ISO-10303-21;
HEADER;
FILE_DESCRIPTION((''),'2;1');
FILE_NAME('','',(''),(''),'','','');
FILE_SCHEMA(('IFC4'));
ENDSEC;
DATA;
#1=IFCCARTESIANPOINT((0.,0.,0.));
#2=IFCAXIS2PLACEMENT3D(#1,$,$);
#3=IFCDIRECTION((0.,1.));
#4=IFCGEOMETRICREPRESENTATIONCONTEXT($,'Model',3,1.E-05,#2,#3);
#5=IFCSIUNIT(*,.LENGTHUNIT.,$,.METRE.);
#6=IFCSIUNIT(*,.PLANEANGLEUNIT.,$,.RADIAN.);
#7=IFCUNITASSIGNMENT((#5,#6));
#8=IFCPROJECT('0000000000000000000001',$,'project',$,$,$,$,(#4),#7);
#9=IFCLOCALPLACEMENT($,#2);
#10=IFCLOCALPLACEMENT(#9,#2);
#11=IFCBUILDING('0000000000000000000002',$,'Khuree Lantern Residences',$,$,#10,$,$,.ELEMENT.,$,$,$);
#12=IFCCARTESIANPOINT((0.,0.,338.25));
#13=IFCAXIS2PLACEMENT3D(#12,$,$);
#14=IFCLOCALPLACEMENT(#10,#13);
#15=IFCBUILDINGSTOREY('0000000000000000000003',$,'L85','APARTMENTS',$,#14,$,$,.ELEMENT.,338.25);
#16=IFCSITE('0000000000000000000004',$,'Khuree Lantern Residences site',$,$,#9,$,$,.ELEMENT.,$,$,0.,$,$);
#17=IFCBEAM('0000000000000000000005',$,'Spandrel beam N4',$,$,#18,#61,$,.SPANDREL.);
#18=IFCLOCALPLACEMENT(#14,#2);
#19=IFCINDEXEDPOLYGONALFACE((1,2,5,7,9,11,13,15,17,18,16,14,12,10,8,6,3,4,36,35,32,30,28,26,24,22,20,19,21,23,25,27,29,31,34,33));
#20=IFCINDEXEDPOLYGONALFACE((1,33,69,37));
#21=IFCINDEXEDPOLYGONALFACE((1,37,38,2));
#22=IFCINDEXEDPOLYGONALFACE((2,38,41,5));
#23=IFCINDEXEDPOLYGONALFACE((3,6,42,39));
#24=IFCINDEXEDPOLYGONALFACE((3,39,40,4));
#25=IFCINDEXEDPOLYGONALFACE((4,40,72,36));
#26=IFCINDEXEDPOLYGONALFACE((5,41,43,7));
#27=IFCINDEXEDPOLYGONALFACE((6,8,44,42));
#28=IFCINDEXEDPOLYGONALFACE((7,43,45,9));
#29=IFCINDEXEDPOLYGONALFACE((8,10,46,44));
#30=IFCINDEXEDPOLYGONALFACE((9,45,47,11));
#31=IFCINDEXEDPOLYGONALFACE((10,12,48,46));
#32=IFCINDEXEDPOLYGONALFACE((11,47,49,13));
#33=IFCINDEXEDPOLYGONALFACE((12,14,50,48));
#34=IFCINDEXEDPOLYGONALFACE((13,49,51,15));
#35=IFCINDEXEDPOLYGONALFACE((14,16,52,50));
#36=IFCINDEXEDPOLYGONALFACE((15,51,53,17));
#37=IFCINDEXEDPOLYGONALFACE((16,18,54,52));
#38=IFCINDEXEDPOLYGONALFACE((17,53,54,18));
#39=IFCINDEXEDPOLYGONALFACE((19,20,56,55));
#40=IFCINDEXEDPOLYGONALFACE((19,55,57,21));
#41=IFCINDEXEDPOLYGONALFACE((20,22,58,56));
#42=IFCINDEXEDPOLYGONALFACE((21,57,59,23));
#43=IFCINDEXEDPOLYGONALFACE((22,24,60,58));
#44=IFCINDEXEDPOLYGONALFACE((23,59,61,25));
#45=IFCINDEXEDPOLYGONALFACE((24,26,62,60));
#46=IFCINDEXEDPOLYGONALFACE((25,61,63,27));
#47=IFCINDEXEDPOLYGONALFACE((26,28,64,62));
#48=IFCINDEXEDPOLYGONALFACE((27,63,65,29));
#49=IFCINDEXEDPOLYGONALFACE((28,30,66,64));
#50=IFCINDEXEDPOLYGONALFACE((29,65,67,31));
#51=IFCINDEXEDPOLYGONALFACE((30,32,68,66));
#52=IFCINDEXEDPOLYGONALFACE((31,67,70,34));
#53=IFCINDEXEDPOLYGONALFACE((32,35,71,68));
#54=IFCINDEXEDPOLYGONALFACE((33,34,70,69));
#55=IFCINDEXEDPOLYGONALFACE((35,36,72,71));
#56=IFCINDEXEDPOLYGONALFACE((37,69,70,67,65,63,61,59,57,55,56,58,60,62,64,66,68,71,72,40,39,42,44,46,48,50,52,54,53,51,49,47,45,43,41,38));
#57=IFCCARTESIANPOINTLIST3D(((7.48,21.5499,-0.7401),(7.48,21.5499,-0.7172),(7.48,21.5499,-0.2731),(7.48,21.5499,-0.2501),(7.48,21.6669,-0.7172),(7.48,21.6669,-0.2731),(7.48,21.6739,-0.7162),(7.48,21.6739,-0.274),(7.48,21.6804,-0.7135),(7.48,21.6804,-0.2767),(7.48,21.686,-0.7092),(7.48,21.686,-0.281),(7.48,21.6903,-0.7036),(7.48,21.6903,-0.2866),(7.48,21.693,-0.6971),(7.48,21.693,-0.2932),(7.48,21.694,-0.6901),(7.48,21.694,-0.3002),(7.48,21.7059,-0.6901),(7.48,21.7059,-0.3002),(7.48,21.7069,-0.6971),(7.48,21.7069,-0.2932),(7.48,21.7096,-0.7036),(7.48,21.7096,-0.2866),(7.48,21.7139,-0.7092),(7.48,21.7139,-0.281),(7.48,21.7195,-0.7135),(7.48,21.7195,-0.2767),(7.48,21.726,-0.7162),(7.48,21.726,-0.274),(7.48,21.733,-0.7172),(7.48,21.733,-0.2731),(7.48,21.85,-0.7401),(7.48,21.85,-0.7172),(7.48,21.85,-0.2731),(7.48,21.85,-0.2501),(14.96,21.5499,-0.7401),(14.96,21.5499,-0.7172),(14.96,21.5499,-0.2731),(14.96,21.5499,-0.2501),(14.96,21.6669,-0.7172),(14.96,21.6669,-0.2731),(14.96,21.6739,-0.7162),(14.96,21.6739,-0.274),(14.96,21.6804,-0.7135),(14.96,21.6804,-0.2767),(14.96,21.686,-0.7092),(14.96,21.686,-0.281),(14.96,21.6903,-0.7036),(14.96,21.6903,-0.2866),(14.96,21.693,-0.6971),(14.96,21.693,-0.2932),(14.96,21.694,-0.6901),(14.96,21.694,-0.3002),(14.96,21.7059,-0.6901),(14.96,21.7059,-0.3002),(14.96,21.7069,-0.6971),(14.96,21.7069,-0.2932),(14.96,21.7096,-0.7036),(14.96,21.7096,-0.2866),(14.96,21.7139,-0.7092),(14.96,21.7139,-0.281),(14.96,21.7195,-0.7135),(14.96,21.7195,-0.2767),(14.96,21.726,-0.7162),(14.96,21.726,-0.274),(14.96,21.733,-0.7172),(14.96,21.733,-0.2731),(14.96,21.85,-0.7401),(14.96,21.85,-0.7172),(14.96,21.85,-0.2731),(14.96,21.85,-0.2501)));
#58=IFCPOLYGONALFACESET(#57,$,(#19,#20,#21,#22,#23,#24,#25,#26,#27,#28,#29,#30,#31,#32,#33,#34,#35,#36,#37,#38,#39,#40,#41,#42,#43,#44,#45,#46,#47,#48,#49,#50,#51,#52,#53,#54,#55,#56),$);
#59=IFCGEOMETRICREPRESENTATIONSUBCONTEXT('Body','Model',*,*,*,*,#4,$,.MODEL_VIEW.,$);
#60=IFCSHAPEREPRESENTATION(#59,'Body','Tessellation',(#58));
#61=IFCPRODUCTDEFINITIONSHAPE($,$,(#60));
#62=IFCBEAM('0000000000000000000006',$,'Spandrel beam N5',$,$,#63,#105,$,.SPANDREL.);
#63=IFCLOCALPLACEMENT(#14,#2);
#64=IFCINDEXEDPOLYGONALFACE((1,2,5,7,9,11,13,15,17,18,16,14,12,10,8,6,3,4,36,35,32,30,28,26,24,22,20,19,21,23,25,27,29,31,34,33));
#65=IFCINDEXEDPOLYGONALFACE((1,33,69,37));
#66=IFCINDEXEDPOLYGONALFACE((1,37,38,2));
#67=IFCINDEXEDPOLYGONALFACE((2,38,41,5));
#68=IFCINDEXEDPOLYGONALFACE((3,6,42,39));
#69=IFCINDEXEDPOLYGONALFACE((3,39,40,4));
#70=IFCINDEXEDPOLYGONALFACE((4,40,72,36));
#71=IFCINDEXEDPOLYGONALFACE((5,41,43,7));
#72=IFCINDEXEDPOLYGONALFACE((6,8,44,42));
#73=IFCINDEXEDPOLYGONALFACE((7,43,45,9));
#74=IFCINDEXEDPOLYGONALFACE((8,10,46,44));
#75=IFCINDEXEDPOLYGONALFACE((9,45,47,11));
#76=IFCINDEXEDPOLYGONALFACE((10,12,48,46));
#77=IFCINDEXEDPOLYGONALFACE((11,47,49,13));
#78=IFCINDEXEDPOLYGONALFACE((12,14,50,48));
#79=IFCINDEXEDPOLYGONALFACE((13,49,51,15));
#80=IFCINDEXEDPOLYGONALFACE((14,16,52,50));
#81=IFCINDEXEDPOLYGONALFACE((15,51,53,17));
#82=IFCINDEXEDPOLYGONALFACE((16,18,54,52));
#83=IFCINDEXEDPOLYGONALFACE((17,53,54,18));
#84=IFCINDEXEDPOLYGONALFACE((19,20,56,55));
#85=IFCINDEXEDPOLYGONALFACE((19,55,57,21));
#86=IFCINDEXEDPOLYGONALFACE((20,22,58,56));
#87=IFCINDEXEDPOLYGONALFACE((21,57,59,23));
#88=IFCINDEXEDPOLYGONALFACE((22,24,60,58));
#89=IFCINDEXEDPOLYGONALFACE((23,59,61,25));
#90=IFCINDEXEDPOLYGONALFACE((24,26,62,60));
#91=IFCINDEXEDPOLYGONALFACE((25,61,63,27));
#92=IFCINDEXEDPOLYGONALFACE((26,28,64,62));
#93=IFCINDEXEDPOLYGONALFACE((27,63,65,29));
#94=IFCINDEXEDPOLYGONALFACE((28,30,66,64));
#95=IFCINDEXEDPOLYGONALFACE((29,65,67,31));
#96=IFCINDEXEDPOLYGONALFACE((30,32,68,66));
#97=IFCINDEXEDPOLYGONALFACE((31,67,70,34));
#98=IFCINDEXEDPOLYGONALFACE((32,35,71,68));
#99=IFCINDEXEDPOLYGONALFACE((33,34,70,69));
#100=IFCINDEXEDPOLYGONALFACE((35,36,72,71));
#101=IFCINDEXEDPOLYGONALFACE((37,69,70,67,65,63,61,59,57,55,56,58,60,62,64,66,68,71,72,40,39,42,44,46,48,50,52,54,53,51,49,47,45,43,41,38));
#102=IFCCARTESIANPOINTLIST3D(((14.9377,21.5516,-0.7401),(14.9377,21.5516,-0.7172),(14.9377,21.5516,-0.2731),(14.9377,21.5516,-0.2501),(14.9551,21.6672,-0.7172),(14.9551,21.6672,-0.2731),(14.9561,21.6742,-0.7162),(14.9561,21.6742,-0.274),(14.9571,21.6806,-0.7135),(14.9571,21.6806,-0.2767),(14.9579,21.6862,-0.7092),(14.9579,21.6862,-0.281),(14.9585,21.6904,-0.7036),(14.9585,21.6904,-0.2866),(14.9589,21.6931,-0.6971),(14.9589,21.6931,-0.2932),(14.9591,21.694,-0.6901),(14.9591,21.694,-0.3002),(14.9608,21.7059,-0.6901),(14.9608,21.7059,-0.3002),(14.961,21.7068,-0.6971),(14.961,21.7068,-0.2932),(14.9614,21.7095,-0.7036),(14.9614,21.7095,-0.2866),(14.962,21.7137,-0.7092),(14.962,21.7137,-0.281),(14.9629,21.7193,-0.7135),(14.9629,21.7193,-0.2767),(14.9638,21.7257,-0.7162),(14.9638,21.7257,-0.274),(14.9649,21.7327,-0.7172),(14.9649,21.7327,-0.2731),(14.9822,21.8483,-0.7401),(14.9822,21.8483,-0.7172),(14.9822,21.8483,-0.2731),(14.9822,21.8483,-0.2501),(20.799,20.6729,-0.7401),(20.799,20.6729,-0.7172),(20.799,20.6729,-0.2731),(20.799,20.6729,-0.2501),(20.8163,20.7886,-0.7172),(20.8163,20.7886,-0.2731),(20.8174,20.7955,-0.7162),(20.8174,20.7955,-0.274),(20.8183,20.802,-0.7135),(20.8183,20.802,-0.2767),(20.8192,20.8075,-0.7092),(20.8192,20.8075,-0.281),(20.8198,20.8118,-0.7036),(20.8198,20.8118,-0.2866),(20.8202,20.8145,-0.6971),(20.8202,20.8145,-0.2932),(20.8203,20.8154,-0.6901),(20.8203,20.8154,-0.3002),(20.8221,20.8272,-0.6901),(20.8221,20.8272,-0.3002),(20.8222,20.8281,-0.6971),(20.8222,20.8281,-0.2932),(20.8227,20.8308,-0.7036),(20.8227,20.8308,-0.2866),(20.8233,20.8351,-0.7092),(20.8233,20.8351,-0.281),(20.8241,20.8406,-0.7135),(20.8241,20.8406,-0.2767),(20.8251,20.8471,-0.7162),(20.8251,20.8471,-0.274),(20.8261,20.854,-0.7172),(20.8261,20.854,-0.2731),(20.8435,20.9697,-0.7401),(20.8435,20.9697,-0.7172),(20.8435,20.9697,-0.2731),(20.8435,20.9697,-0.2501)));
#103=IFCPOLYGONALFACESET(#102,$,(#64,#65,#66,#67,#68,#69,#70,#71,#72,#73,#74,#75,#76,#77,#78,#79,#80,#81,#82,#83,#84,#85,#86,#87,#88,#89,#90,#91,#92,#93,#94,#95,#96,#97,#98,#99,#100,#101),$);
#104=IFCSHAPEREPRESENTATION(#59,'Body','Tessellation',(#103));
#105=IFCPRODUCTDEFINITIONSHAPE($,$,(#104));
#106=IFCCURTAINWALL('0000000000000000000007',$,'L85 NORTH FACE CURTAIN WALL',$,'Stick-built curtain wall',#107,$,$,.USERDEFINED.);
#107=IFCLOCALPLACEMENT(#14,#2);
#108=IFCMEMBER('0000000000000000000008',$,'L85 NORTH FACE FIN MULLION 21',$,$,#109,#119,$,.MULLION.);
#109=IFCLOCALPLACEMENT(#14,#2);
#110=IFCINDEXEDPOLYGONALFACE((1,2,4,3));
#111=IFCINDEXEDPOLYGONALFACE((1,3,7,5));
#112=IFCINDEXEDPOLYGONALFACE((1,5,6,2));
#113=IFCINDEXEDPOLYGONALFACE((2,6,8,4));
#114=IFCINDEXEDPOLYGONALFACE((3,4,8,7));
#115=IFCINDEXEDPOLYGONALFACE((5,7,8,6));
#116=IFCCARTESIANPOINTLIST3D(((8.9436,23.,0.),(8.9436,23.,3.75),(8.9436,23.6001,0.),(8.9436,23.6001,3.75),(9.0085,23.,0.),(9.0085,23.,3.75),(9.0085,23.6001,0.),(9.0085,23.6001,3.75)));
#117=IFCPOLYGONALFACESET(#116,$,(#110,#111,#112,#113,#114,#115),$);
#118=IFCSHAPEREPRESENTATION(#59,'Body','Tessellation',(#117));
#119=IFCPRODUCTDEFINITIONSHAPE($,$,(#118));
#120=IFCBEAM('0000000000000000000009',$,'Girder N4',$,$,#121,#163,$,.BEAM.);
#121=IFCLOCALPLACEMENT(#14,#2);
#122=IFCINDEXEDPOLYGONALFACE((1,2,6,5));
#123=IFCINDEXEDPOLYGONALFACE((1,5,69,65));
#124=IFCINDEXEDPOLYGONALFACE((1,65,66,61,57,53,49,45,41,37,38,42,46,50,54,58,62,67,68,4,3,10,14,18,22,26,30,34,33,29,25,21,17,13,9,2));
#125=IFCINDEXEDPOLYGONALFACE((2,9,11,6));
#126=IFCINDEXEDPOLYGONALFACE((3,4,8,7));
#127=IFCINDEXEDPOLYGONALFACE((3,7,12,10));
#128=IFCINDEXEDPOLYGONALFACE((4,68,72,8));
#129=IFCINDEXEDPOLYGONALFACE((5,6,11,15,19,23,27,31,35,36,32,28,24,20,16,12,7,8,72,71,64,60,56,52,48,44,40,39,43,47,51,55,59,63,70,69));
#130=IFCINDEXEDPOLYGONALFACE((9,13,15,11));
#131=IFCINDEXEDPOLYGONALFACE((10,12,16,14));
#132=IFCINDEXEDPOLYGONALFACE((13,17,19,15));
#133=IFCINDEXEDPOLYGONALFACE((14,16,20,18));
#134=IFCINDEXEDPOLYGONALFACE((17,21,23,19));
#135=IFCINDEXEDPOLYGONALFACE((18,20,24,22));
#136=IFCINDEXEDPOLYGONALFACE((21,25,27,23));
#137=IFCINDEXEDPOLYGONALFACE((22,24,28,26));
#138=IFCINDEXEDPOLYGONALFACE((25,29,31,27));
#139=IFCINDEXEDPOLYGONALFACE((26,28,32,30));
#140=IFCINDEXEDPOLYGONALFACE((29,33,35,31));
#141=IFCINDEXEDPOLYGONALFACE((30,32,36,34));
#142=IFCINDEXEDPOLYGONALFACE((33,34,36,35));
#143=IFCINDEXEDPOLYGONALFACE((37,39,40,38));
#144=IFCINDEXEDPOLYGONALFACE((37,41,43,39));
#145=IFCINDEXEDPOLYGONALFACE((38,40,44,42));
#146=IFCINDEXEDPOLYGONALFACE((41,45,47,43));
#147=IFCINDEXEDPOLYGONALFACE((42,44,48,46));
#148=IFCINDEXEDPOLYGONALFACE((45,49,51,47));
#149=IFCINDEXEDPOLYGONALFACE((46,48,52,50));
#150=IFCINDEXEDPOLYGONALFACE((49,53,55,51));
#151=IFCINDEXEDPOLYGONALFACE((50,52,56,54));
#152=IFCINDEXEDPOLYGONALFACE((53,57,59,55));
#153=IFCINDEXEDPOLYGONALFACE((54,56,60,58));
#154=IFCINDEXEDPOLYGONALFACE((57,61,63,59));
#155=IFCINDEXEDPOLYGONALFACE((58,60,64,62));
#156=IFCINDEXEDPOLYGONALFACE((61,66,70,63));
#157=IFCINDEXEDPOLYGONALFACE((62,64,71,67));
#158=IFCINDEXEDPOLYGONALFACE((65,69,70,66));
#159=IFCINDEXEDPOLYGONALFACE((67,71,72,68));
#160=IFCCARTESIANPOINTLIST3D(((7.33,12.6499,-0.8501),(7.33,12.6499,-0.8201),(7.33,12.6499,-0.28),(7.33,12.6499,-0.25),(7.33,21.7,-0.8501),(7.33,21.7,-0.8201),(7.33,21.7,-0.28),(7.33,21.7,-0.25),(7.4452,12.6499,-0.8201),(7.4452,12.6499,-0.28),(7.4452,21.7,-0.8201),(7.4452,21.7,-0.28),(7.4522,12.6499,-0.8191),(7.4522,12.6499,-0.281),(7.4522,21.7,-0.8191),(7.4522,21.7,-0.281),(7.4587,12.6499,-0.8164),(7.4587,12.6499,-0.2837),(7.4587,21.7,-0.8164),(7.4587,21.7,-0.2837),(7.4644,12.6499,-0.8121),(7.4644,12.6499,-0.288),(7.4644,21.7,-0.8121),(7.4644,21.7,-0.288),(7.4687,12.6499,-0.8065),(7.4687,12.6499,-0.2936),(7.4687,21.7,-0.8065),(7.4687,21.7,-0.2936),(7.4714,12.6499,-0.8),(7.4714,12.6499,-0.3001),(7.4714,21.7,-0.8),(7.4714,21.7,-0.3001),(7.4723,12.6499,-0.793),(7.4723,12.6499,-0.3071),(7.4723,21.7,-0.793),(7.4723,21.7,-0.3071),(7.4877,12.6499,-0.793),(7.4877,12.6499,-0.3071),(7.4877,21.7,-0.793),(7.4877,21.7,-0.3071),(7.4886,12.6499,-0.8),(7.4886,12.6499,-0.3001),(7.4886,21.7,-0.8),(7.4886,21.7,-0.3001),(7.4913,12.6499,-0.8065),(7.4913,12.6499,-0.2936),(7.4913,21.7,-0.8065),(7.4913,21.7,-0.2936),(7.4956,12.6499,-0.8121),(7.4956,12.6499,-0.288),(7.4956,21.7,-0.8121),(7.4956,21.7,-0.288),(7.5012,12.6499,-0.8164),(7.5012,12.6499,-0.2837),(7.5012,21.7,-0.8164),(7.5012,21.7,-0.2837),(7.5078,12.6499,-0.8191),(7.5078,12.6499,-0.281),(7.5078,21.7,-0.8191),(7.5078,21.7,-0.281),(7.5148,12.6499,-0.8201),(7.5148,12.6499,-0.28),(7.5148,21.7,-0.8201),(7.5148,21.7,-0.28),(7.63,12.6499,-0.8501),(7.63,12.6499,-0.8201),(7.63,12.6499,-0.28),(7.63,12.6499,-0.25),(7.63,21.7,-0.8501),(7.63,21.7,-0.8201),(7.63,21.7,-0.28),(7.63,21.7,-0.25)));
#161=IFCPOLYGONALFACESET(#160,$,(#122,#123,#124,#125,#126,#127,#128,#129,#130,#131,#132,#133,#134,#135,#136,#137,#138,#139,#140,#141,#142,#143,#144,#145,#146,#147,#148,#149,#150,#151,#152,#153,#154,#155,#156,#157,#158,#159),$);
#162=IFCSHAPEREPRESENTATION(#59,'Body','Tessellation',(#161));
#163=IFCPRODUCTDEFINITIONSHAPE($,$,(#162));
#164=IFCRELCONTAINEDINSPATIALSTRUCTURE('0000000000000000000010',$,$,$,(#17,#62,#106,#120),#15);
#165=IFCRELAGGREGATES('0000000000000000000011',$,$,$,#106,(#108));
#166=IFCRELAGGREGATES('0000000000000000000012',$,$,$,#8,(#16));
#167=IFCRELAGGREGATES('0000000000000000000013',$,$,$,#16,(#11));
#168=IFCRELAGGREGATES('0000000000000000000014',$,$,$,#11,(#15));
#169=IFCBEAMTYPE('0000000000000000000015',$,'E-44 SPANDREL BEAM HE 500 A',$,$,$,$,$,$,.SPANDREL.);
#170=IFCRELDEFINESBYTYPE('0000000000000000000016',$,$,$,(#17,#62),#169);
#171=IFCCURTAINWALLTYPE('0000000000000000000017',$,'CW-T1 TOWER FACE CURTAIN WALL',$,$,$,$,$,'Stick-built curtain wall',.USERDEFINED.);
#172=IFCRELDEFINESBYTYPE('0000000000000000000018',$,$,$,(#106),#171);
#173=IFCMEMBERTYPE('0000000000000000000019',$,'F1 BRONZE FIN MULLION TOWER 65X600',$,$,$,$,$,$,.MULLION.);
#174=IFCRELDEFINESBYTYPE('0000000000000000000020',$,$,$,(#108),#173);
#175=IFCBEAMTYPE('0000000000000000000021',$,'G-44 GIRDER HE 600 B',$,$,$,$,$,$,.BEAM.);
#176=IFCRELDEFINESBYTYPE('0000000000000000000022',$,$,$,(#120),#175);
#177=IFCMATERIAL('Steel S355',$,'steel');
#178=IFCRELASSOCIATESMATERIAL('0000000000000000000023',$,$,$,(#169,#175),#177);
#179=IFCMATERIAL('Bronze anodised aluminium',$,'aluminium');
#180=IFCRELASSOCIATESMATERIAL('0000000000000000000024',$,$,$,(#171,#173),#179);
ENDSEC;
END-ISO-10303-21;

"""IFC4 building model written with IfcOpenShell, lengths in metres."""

from ifc_helpers import new_model, si_unit, direction, frame, origin, origin_2d, place, context, subcontext, project, spatial, rectangle, i_section, extrude, material, material_profile, profile_set, type_object, element, aggregate, save


model = new_model("IFC4")

# Units and contexts
model_context = context("Model", 3, precision=1e-05, world=origin(), true_north=direction((0.0, 1.0)))
body_context = subcontext(model_context, "Body", "Model", "MODEL_VIEW")
ifc_project = project(units=[si_unit("LENGTHUNIT", "METRE"), si_unit("PLANEANGLEUNIT", "RADIAN")], contexts=[model_context])

# Site, building, storey
site_placement = place(None, origin())
site = spatial("IfcSite", under=ifc_project, at=site_placement, Name="Khuree Lantern Residences site", CompositionType="ELEMENT", RefElevation=0.0)
building_placement = place(site_placement, origin())
building = spatial("IfcBuilding", under=site, at=building_placement, Name="Khuree Lantern Residences", CompositionType="ELEMENT")
storey_placement = place(building_placement, frame((0.0, 0.0, 338.25)))
storey = spatial("IfcBuildingStorey", under=building, at=storey_placement, Name="L85", Description="APARTMENTS", CompositionType="ELEMENT", Elevation=338.25)

# Beams
ifc_material_1 = material(Name="Steel S355", Category="steel")
ifc_material_profile_1 = material_profile(ifc_material_1, i_section(OverallWidth=0.3, OverallDepth=0.49, WebThickness=0.012, FlangeThickness=0.0229, FilletRadius=0.0271, at=origin_2d()), Name="HE 500 A")
ifc_profile_set_1 = profile_set([ifc_material_profile_1], Name="Steel S355")
beam_type_1 = type_object("IfcBeamType", Name="E-44 SPANDREL BEAM HE 500 A", PredefinedType="SPANDREL", material=ifc_profile_set_1)
for number, where, z_axis, x_axis, name in (
    (1, (7.48, 21.7, -0.4951), (1.0, 0.0, 0.0), (0.0, 1.0, 0.0), "Spandrel beam N4"),
):
    element("IfcBeam", number, at=place(storey_placement, frame(where, z_axis=z_axis, x_axis=x_axis)), inside=storey, type_object=beam_type_1, Name=name, PredefinedType="SPANDREL", context=body_context, shape_type="SweptSolid", body=[
        extrude(i_section(OverallWidth=0.3, OverallDepth=0.49, WebThickness=0.012, FlangeThickness=0.0229, FilletRadius=0.0271, at=origin_2d()), origin(), (0.0, 0.0, 1.0), 7.48),
    ])
beam_placement = place(storey_placement, frame((14.96, 21.7, -0.4951), z_axis=(0.98895, -0.148252, 0.0), x_axis=(0.148252, 0.98895, 0.0)))
element("IfcBeam", 2, at=beam_placement, inside=storey, type_object=beam_type_1, Name="Spandrel beam N5", PredefinedType="SPANDREL", context=body_context, shape_type="SweptSolid", body=[
    extrude(i_section(OverallWidth=0.3, OverallDepth=0.49, WebThickness=0.012, FlangeThickness=0.0229, FilletRadius=0.0271, at=origin_2d()), origin(), (0.0, 0.0, 1.0), 5.9268),
])

# Curtain wall, member
ifc_material_2 = material(Name="Bronze anodised aluminium", Category="aluminium")
curtain_wall_type = type_object("IfcCurtainWallType", Name="CW-T1 TOWER FACE CURTAIN WALL", ElementType="Stick-built curtain wall", PredefinedType="USERDEFINED", material=ifc_material_2)
curtain_wall_placement = place(storey_placement, origin())
curtain_wall = element("IfcCurtainWall", 3, at=curtain_wall_placement, inside=storey, type_object=curtain_wall_type, Name="L85 NORTH FACE CURTAIN WALL", ObjectType="Stick-built curtain wall", PredefinedType="USERDEFINED")
ifc_material_profile_2 = material_profile(ifc_material_2, rectangle(XDim=0.0649, YDim=0.6001, at=origin_2d()), Name="F1 65X600")
ifc_profile_set_2 = profile_set([ifc_material_profile_2], Name="Bronze anodised aluminium")
member_type_1 = type_object("IfcMemberType", Name="F1 BRONZE FIN MULLION TOWER 65X600", PredefinedType="MULLION", material=ifc_profile_set_2)
member_1_placement = place(storey_placement, frame((8.9761, 23.3, 0.0), z_axis=(0.0, 0.0, 1.0), x_axis=(-1.0, 0.0, 0.0)))
member_1 = element("IfcMember", 4, at=member_1_placement, type_object=member_type_1, Name="L85 NORTH FACE FIN MULLION 21", PredefinedType="MULLION", context=body_context, shape_type="SweptSolid", body=[
    extrude(rectangle(XDim=0.0649, YDim=0.6001, at=origin_2d()), origin(), (0.0, 0.0, 1.0), 3.75),
])

# Beam
ifc_material_profile_3 = material_profile(ifc_material_1, i_section(OverallWidth=0.3, OverallDepth=0.6001, WebThickness=0.0154, FlangeThickness=0.03, FilletRadius=0.0271, at=origin_2d()), Name="HE 600 B")
ifc_profile_set_3 = profile_set([ifc_material_profile_3], Name="Steel S355")
beam_type_2 = type_object("IfcBeamType", Name="G-44 GIRDER HE 600 B", PredefinedType="BEAM", material=ifc_profile_set_3)
for number, where, z_axis, x_axis, name in (
    (5, (7.48, 21.7, -0.55), (0.0, -1.0, 0.0), (1.0, 0.0, 0.0), "Girder N4"),
):
    element("IfcBeam", number, at=place(storey_placement, frame(where, z_axis=z_axis, x_axis=x_axis)), inside=storey, type_object=beam_type_2, Name=name, PredefinedType="BEAM", context=body_context, shape_type="SweptSolid", body=[
        extrude(i_section(OverallWidth=0.3, OverallDepth=0.6001, WebThickness=0.0154, FlangeThickness=0.03, FilletRadius=0.0271, at=origin_2d()), origin(), (0.0, 0.0, 1.0), 9.05),
    ])

aggregate(curtain_wall, [member_1])

save(model, "model.ifc")
